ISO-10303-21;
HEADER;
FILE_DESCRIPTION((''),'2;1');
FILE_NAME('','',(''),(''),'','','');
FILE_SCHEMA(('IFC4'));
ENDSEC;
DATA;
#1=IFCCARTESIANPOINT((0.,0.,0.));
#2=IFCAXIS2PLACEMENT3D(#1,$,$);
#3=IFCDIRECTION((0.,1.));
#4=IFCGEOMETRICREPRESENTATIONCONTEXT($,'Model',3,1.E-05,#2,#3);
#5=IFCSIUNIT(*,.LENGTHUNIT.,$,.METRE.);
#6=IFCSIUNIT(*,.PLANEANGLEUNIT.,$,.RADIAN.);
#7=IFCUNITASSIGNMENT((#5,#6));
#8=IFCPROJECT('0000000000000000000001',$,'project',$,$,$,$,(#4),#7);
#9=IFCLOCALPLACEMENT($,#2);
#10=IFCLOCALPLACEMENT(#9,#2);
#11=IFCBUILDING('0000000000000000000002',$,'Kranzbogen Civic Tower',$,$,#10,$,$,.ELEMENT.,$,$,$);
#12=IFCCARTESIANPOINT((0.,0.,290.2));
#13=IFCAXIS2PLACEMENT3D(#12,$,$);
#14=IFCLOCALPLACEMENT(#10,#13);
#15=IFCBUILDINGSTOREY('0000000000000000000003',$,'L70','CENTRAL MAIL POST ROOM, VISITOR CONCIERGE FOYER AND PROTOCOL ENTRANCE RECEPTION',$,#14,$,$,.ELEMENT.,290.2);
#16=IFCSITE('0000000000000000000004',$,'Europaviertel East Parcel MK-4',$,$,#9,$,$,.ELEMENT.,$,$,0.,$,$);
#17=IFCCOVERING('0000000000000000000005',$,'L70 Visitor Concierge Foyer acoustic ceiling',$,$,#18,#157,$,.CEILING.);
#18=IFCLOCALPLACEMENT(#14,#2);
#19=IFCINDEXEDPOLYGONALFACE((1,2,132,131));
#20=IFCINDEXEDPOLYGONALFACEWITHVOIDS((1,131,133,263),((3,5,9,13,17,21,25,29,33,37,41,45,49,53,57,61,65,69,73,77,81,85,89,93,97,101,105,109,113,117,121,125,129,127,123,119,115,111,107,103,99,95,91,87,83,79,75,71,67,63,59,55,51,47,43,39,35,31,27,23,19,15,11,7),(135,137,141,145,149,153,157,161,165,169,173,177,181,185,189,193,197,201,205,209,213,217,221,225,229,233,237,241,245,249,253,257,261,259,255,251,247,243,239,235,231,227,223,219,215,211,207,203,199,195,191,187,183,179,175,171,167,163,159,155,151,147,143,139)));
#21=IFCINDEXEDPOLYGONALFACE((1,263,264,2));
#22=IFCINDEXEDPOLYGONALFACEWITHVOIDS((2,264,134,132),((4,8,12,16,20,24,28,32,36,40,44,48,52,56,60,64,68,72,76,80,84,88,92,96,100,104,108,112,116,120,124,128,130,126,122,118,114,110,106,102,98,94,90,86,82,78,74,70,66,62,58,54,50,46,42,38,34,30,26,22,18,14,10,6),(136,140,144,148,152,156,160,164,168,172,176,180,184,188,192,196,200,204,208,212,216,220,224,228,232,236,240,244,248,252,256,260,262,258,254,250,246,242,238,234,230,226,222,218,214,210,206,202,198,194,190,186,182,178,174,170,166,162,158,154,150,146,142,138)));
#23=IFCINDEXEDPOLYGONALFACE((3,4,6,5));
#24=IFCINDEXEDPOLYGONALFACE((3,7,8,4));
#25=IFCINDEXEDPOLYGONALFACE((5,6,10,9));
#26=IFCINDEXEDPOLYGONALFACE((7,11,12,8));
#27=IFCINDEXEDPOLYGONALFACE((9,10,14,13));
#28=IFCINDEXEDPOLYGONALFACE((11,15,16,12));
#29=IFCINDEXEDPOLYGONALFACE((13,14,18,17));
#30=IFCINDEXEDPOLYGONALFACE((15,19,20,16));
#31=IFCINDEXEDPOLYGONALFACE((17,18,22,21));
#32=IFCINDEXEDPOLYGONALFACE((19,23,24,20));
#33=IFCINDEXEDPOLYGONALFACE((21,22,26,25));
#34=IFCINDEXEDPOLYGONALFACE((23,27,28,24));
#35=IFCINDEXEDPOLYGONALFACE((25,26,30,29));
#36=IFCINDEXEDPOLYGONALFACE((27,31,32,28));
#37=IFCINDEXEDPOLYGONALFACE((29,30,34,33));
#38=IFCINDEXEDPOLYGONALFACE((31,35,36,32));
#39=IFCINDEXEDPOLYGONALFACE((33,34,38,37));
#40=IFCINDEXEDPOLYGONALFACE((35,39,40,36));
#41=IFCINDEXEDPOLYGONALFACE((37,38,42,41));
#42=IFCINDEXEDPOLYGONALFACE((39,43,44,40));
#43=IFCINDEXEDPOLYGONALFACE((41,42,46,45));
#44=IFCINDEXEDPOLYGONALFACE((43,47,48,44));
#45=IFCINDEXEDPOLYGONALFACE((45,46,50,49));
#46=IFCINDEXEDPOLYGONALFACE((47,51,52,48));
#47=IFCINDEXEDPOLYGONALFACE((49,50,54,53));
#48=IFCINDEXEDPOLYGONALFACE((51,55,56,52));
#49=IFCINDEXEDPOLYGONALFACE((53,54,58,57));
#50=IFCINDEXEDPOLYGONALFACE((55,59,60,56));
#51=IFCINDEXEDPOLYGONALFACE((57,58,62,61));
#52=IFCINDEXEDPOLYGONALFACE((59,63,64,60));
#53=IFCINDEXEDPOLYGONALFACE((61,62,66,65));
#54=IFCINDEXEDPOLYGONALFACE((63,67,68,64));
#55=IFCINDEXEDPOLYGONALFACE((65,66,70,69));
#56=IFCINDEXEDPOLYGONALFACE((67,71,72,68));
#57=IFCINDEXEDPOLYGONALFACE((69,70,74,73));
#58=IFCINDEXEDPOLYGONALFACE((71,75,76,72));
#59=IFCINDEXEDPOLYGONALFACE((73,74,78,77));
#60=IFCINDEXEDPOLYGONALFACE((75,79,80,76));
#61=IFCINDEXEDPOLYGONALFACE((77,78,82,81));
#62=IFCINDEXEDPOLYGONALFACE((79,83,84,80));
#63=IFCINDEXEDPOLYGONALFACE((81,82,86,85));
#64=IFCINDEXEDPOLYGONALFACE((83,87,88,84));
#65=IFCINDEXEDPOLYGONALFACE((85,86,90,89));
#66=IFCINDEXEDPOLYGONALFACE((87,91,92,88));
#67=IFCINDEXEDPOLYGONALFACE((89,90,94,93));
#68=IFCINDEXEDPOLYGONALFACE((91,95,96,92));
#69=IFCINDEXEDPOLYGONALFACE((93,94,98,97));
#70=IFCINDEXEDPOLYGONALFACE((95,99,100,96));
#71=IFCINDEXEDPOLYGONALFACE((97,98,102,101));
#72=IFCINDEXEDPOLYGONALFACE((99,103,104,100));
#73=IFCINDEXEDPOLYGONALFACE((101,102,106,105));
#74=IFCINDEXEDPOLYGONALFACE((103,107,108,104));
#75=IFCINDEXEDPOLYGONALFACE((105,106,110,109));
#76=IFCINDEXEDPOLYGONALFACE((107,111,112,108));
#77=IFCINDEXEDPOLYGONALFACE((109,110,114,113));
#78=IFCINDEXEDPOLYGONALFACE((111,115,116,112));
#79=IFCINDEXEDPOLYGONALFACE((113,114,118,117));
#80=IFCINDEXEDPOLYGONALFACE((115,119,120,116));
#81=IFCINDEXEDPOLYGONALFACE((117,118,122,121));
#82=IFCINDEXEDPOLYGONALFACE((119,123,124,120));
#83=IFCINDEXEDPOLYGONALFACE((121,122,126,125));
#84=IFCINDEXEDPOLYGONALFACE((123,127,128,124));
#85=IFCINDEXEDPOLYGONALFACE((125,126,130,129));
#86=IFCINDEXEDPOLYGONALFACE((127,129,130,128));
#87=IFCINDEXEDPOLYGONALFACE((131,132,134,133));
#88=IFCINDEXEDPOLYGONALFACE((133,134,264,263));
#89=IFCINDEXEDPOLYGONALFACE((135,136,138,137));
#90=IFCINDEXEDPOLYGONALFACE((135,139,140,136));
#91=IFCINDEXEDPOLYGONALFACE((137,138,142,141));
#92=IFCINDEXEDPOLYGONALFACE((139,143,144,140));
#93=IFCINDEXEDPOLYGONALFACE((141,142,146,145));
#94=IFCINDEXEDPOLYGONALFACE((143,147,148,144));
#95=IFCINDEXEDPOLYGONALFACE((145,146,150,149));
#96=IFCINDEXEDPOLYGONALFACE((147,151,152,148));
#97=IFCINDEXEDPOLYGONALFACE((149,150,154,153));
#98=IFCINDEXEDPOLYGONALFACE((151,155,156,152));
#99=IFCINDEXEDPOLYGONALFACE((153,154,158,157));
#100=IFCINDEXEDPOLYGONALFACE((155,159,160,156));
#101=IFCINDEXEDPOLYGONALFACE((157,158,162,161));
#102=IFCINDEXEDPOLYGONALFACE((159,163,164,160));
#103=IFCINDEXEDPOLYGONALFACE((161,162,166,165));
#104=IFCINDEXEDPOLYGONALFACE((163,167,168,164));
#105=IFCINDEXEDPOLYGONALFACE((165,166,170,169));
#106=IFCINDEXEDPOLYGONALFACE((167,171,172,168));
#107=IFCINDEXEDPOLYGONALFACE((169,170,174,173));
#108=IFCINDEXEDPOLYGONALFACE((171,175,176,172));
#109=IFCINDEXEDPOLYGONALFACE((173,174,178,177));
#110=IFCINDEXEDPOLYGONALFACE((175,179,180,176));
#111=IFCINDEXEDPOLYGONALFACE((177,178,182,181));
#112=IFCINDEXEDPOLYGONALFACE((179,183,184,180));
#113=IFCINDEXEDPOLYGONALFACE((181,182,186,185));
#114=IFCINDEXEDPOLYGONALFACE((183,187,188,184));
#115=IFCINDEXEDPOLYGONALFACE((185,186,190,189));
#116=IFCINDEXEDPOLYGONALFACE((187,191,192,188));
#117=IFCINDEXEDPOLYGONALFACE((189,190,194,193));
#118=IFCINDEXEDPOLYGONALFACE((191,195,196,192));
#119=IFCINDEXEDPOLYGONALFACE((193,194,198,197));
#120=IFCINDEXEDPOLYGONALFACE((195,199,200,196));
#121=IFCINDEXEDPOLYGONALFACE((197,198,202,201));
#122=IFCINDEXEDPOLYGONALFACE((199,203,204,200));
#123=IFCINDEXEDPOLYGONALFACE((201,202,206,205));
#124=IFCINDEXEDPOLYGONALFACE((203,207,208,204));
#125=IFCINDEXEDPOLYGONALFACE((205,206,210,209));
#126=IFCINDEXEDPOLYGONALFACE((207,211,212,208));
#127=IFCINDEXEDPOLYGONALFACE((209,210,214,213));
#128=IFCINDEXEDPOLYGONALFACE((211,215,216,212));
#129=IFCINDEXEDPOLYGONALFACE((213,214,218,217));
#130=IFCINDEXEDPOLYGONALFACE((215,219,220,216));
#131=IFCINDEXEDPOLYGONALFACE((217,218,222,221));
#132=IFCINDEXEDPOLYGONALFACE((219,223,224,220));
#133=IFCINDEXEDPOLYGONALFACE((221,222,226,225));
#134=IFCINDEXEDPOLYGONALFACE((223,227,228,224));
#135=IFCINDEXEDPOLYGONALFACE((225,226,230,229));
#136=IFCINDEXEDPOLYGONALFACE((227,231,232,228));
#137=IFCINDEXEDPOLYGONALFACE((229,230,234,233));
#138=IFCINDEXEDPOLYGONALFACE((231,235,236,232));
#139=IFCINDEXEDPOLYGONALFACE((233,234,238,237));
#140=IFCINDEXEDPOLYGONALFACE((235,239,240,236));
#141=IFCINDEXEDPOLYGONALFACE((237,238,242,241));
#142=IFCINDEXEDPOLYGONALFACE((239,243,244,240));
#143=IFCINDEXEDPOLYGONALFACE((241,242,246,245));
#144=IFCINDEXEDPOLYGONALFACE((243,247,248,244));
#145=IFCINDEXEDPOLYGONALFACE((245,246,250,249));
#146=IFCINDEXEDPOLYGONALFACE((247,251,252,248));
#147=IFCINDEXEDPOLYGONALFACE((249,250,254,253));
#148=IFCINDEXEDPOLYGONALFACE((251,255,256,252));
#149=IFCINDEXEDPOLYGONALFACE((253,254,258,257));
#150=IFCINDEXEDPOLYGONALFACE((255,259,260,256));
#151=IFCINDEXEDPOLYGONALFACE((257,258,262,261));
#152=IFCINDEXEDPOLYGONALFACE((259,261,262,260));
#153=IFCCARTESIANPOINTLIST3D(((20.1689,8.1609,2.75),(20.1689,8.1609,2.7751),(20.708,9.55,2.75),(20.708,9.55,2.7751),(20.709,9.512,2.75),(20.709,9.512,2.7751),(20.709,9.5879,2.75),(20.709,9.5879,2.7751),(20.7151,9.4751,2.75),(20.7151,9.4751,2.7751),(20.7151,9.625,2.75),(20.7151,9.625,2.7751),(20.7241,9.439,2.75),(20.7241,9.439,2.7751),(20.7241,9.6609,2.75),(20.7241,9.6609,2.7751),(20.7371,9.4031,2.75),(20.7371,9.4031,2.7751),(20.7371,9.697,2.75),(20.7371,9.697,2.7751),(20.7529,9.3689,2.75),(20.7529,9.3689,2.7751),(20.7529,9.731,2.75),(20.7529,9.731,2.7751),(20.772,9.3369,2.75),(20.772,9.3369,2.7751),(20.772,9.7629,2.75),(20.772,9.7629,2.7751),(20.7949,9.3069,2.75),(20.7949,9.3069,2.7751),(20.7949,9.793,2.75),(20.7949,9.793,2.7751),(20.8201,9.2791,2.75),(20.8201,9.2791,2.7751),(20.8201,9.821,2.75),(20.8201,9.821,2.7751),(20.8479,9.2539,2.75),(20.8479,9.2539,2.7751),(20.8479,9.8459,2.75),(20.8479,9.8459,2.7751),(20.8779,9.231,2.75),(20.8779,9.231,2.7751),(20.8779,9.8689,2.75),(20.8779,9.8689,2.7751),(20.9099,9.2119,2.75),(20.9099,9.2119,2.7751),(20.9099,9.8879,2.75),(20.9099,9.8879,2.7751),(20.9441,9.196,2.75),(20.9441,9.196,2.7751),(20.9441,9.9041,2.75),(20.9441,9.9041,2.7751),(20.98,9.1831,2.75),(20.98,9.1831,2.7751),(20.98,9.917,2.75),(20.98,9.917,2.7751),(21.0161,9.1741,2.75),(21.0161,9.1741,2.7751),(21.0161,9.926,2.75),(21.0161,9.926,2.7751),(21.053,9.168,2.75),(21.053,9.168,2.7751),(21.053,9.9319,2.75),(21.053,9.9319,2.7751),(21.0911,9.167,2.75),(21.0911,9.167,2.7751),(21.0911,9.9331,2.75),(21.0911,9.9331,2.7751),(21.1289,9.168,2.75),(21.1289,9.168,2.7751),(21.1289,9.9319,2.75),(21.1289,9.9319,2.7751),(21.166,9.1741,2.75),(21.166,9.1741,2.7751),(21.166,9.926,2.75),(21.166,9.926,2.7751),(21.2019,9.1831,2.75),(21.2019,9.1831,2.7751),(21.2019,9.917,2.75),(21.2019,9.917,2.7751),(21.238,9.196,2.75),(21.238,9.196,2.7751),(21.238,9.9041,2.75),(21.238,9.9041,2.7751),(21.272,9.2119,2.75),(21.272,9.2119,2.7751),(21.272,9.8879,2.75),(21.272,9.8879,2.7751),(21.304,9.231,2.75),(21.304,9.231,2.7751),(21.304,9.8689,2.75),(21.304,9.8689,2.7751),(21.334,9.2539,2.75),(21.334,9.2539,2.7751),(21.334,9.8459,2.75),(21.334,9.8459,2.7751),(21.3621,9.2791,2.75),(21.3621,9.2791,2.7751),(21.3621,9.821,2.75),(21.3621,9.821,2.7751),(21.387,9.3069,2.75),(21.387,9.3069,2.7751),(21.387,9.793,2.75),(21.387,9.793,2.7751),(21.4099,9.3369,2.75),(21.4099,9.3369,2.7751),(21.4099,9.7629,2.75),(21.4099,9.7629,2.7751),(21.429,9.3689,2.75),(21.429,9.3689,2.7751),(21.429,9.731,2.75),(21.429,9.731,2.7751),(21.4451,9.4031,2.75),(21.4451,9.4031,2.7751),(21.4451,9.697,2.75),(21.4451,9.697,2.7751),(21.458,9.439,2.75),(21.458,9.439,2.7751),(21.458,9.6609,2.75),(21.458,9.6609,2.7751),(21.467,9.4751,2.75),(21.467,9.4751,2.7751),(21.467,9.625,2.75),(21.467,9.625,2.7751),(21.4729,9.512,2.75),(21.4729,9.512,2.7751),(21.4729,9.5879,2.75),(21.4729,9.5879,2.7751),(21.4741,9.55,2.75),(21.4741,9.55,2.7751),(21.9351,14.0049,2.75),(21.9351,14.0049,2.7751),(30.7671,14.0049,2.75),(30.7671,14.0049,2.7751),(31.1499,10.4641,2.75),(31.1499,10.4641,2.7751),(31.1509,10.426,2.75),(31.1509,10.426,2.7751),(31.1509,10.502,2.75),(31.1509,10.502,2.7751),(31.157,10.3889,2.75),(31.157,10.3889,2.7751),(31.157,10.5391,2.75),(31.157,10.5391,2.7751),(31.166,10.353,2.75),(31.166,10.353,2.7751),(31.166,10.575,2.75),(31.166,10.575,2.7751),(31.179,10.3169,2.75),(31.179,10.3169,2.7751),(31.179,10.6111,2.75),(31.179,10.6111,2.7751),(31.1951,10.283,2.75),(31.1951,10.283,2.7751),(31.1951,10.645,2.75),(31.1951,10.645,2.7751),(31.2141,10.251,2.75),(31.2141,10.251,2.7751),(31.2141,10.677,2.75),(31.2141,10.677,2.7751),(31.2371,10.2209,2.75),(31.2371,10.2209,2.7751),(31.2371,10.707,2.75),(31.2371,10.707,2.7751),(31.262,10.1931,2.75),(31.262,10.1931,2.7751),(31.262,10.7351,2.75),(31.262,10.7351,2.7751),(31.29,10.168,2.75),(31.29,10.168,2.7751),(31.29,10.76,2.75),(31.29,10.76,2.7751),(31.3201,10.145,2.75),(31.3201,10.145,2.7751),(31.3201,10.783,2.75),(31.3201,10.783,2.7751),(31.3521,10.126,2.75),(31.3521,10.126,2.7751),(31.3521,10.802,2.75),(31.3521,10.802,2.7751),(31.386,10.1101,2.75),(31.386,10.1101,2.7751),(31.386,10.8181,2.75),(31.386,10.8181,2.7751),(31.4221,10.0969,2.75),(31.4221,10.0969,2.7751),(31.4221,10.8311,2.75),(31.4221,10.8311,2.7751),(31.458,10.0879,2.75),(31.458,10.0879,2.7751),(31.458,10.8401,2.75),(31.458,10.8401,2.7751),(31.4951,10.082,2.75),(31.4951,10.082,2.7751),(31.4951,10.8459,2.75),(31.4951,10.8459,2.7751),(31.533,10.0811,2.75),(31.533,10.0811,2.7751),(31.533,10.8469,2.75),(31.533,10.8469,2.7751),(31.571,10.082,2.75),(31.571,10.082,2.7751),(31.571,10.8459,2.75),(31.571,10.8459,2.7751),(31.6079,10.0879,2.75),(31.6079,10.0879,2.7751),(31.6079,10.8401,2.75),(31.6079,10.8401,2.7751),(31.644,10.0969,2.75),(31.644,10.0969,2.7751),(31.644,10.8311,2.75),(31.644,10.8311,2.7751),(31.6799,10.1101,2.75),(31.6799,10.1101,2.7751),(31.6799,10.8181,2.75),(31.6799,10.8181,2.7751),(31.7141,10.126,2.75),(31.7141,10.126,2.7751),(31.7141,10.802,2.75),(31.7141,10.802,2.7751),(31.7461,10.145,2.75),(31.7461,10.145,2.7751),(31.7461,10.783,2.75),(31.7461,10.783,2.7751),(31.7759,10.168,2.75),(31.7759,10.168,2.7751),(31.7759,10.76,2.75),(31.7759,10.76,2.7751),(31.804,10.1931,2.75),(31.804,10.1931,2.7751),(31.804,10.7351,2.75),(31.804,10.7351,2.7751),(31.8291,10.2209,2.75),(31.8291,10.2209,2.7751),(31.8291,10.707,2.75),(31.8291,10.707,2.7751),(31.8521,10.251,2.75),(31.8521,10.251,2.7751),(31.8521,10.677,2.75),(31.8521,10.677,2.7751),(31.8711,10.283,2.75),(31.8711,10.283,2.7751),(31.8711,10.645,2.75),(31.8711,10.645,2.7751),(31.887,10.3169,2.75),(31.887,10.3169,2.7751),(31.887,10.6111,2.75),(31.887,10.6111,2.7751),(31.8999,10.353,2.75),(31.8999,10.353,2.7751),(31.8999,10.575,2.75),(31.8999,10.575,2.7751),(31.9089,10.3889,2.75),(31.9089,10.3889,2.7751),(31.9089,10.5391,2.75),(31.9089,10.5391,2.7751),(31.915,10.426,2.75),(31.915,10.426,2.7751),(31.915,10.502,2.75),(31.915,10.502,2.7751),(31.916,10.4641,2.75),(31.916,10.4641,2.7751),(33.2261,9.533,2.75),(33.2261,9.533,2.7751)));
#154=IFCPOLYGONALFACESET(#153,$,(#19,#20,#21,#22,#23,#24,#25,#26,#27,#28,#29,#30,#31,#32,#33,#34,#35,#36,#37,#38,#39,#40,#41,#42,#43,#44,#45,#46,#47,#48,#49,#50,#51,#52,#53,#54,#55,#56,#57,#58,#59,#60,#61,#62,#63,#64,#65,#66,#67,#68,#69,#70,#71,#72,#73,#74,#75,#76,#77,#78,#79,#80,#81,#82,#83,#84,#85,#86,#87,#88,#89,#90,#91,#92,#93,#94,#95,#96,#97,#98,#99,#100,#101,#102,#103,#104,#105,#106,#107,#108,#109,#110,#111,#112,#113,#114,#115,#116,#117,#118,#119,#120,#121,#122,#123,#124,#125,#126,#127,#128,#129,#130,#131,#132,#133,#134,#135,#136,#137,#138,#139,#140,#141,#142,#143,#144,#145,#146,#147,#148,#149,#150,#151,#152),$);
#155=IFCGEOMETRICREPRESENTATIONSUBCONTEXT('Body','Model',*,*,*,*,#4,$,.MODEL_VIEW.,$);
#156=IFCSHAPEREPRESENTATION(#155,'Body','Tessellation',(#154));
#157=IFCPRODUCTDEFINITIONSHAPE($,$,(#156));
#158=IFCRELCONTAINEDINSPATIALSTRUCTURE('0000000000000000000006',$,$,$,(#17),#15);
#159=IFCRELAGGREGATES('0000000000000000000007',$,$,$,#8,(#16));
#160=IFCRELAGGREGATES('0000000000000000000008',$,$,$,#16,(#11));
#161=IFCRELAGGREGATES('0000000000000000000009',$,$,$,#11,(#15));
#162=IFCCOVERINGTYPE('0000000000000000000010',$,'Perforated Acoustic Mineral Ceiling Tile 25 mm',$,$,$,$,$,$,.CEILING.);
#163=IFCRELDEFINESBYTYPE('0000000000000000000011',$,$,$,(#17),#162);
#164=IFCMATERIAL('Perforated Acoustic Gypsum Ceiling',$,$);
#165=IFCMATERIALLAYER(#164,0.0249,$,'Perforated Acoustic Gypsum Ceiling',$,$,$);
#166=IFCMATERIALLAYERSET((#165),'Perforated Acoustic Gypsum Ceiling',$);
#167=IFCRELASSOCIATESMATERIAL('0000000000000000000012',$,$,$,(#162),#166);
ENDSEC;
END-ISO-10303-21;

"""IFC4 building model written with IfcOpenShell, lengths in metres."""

from ifc_helpers import new_model, si_unit, direction, frame, origin, place, context, subcontext, project, spatial, polyline, outline, extrude, material, layer, layer_set, type_object, element, save


model = new_model("IFC4")

# Units and contexts
model_context = context("Model", 3, precision=1e-05, world=origin(), true_north=direction((0.0, 1.0)))
body_context = subcontext(model_context, "Body", "Model", "MODEL_VIEW")
ifc_project = project(units=[si_unit("LENGTHUNIT", "METRE"), si_unit("PLANEANGLEUNIT", "RADIAN")], contexts=[model_context])

# Site, building, storey
site_placement = place(None, origin())
site = spatial("IfcSite", under=ifc_project, at=site_placement, Name="Europaviertel East Parcel MK-4", CompositionType="ELEMENT", RefElevation=0.0)
building_placement = place(site_placement, origin())
building = spatial("IfcBuilding", under=site, at=building_placement, Name="Kranzbogen Civic Tower", CompositionType="ELEMENT")
storey_placement = place(building_placement, frame((0.0, 0.0, 290.2)))
storey = spatial("IfcBuildingStorey", under=building, at=storey_placement, Name="L70", Description="CENTRAL MAIL POST ROOM, VISITOR CONCIERGE FOYER AND PROTOCOL ENTRANCE RECEPTION", CompositionType="ELEMENT", Elevation=290.2)

# Covering
ifc_material_1 = material(Name="Perforated Acoustic Gypsum Ceiling")
ifc_layer_1 = layer(ifc_material_1, 0.0249, Name="Perforated Acoustic Gypsum Ceiling")
ifc_layer_set_1 = layer_set([ifc_layer_1], Name="Perforated Acoustic Gypsum Ceiling")
covering_type = type_object("IfcCoveringType", Name="Perforated Acoustic Mineral Ceiling Tile 25 mm", PredefinedType="CEILING", material=ifc_layer_set_1)
covering_1_placement = place(storey_placement, frame((0.0, 0.0, 2.75)))
element("IfcCovering", 1, at=covering_1_placement, inside=storey, type_object=covering_type, Name="L70 Visitor Concierge Foyer acoustic ceiling", PredefinedType="CEILING", context=body_context, shape_type="SweptSolid", body=[
    extrude(outline(polyline([(21.9351, 14.0049), (30.7671, 14.0049), (33.2261, 9.533), (20.1689, 8.1609), (21.9351, 14.0049)]), holes=[polyline([(21.4451, 9.4031), (21.429, 9.3689), (21.4099, 9.3369), (21.387, 9.3069), (21.3621, 9.2791), (21.334, 9.2539), (21.304, 9.231), (21.272, 9.2119), (21.238, 9.196), (21.2019, 9.1831), (21.166, 9.1741), (21.1289, 9.168), (21.0911, 9.167), (21.053, 9.168), (21.0161, 9.1741), (20.98, 9.1831), (20.9441, 9.196), (20.9099, 9.2119), (20.8779, 9.231), (20.8479, 9.2539), (20.8201, 9.2791), (20.7949, 9.3069), (20.772, 9.3369), (20.7529, 9.3689), (20.7371, 9.4031), (20.7241, 9.439), (20.7151, 9.4751), (20.709, 9.512), (20.708, 9.55), (20.709, 9.5879), (20.7151, 9.625), (20.7241, 9.6609), (20.7371, 9.697), (20.7529, 9.731), (20.772, 9.7629), (20.7949, 9.793), (20.8201, 9.821), (20.8479, 9.8459), (20.8779, 9.8689), (20.9099, 9.8879), (20.9441, 9.9041), (20.98, 9.917), (21.0161, 9.926), (21.053, 9.9319), (21.0911, 9.9331), (21.1289, 9.9319), (21.166, 9.926), (21.2019, 9.917), (21.238, 9.9041), (21.272, 9.8879), (21.304, 9.8689), (21.334, 9.8459), (21.3621, 9.821), (21.387, 9.793), (21.4099, 9.7629), (21.429, 9.731), (21.4451, 9.697), (21.458, 9.6609), (21.467, 9.625), (21.4729, 9.5879), (21.4741, 9.55), (21.4729, 9.512), (21.467, 9.4751), (21.458, 9.439), (21.4451, 9.4031)]), polyline([(31.887, 10.3169), (31.8711, 10.283), (31.8521, 10.251), (31.8291, 10.2209), (31.804, 10.1931), (31.7759, 10.168), (31.7461, 10.145), (31.7141, 10.126), (31.6799, 10.1101), (31.644, 10.0969), (31.6079, 10.0879), (31.571, 10.082), (31.533, 10.0811), (31.4951, 10.082), (31.458, 10.0879), (31.4221, 10.0969), (31.386, 10.1101), (31.3521, 10.126), (31.3201, 10.145), (31.29, 10.168), (31.262, 10.1931), (31.2371, 10.2209), (31.2141, 10.251), (31.1951, 10.283), (31.179, 10.3169), (31.166, 10.353), (31.157, 10.3889), (31.1509, 10.426), (31.1499, 10.4641), (31.1509, 10.502), (31.157, 10.5391), (31.166, 10.575), (31.179, 10.6111), (31.1951, 10.645), (31.2141, 10.677), (31.2371, 10.707), (31.262, 10.7351), (31.29, 10.76), (31.3201, 10.783), (31.3521, 10.802), (31.386, 10.8181), (31.4221, 10.8311), (31.458, 10.8401), (31.4951, 10.8459), (31.533, 10.8469), (31.571, 10.8459), (31.6079, 10.8401), (31.644, 10.8311), (31.6799, 10.8181), (31.7141, 10.802), (31.7461, 10.783), (31.7759, 10.76), (31.804, 10.7351), (31.8291, 10.707), (31.8521, 10.677), (31.8711, 10.645), (31.887, 10.6111), (31.8999, 10.575), (31.9089, 10.5391), (31.915, 10.502), (31.916, 10.4641), (31.915, 10.426), (31.9089, 10.3889), (31.8999, 10.353), (31.887, 10.3169)])]), origin(), (0.0, 0.0, 1.0), 0.0251),
])

save(model, "model.ifc")
